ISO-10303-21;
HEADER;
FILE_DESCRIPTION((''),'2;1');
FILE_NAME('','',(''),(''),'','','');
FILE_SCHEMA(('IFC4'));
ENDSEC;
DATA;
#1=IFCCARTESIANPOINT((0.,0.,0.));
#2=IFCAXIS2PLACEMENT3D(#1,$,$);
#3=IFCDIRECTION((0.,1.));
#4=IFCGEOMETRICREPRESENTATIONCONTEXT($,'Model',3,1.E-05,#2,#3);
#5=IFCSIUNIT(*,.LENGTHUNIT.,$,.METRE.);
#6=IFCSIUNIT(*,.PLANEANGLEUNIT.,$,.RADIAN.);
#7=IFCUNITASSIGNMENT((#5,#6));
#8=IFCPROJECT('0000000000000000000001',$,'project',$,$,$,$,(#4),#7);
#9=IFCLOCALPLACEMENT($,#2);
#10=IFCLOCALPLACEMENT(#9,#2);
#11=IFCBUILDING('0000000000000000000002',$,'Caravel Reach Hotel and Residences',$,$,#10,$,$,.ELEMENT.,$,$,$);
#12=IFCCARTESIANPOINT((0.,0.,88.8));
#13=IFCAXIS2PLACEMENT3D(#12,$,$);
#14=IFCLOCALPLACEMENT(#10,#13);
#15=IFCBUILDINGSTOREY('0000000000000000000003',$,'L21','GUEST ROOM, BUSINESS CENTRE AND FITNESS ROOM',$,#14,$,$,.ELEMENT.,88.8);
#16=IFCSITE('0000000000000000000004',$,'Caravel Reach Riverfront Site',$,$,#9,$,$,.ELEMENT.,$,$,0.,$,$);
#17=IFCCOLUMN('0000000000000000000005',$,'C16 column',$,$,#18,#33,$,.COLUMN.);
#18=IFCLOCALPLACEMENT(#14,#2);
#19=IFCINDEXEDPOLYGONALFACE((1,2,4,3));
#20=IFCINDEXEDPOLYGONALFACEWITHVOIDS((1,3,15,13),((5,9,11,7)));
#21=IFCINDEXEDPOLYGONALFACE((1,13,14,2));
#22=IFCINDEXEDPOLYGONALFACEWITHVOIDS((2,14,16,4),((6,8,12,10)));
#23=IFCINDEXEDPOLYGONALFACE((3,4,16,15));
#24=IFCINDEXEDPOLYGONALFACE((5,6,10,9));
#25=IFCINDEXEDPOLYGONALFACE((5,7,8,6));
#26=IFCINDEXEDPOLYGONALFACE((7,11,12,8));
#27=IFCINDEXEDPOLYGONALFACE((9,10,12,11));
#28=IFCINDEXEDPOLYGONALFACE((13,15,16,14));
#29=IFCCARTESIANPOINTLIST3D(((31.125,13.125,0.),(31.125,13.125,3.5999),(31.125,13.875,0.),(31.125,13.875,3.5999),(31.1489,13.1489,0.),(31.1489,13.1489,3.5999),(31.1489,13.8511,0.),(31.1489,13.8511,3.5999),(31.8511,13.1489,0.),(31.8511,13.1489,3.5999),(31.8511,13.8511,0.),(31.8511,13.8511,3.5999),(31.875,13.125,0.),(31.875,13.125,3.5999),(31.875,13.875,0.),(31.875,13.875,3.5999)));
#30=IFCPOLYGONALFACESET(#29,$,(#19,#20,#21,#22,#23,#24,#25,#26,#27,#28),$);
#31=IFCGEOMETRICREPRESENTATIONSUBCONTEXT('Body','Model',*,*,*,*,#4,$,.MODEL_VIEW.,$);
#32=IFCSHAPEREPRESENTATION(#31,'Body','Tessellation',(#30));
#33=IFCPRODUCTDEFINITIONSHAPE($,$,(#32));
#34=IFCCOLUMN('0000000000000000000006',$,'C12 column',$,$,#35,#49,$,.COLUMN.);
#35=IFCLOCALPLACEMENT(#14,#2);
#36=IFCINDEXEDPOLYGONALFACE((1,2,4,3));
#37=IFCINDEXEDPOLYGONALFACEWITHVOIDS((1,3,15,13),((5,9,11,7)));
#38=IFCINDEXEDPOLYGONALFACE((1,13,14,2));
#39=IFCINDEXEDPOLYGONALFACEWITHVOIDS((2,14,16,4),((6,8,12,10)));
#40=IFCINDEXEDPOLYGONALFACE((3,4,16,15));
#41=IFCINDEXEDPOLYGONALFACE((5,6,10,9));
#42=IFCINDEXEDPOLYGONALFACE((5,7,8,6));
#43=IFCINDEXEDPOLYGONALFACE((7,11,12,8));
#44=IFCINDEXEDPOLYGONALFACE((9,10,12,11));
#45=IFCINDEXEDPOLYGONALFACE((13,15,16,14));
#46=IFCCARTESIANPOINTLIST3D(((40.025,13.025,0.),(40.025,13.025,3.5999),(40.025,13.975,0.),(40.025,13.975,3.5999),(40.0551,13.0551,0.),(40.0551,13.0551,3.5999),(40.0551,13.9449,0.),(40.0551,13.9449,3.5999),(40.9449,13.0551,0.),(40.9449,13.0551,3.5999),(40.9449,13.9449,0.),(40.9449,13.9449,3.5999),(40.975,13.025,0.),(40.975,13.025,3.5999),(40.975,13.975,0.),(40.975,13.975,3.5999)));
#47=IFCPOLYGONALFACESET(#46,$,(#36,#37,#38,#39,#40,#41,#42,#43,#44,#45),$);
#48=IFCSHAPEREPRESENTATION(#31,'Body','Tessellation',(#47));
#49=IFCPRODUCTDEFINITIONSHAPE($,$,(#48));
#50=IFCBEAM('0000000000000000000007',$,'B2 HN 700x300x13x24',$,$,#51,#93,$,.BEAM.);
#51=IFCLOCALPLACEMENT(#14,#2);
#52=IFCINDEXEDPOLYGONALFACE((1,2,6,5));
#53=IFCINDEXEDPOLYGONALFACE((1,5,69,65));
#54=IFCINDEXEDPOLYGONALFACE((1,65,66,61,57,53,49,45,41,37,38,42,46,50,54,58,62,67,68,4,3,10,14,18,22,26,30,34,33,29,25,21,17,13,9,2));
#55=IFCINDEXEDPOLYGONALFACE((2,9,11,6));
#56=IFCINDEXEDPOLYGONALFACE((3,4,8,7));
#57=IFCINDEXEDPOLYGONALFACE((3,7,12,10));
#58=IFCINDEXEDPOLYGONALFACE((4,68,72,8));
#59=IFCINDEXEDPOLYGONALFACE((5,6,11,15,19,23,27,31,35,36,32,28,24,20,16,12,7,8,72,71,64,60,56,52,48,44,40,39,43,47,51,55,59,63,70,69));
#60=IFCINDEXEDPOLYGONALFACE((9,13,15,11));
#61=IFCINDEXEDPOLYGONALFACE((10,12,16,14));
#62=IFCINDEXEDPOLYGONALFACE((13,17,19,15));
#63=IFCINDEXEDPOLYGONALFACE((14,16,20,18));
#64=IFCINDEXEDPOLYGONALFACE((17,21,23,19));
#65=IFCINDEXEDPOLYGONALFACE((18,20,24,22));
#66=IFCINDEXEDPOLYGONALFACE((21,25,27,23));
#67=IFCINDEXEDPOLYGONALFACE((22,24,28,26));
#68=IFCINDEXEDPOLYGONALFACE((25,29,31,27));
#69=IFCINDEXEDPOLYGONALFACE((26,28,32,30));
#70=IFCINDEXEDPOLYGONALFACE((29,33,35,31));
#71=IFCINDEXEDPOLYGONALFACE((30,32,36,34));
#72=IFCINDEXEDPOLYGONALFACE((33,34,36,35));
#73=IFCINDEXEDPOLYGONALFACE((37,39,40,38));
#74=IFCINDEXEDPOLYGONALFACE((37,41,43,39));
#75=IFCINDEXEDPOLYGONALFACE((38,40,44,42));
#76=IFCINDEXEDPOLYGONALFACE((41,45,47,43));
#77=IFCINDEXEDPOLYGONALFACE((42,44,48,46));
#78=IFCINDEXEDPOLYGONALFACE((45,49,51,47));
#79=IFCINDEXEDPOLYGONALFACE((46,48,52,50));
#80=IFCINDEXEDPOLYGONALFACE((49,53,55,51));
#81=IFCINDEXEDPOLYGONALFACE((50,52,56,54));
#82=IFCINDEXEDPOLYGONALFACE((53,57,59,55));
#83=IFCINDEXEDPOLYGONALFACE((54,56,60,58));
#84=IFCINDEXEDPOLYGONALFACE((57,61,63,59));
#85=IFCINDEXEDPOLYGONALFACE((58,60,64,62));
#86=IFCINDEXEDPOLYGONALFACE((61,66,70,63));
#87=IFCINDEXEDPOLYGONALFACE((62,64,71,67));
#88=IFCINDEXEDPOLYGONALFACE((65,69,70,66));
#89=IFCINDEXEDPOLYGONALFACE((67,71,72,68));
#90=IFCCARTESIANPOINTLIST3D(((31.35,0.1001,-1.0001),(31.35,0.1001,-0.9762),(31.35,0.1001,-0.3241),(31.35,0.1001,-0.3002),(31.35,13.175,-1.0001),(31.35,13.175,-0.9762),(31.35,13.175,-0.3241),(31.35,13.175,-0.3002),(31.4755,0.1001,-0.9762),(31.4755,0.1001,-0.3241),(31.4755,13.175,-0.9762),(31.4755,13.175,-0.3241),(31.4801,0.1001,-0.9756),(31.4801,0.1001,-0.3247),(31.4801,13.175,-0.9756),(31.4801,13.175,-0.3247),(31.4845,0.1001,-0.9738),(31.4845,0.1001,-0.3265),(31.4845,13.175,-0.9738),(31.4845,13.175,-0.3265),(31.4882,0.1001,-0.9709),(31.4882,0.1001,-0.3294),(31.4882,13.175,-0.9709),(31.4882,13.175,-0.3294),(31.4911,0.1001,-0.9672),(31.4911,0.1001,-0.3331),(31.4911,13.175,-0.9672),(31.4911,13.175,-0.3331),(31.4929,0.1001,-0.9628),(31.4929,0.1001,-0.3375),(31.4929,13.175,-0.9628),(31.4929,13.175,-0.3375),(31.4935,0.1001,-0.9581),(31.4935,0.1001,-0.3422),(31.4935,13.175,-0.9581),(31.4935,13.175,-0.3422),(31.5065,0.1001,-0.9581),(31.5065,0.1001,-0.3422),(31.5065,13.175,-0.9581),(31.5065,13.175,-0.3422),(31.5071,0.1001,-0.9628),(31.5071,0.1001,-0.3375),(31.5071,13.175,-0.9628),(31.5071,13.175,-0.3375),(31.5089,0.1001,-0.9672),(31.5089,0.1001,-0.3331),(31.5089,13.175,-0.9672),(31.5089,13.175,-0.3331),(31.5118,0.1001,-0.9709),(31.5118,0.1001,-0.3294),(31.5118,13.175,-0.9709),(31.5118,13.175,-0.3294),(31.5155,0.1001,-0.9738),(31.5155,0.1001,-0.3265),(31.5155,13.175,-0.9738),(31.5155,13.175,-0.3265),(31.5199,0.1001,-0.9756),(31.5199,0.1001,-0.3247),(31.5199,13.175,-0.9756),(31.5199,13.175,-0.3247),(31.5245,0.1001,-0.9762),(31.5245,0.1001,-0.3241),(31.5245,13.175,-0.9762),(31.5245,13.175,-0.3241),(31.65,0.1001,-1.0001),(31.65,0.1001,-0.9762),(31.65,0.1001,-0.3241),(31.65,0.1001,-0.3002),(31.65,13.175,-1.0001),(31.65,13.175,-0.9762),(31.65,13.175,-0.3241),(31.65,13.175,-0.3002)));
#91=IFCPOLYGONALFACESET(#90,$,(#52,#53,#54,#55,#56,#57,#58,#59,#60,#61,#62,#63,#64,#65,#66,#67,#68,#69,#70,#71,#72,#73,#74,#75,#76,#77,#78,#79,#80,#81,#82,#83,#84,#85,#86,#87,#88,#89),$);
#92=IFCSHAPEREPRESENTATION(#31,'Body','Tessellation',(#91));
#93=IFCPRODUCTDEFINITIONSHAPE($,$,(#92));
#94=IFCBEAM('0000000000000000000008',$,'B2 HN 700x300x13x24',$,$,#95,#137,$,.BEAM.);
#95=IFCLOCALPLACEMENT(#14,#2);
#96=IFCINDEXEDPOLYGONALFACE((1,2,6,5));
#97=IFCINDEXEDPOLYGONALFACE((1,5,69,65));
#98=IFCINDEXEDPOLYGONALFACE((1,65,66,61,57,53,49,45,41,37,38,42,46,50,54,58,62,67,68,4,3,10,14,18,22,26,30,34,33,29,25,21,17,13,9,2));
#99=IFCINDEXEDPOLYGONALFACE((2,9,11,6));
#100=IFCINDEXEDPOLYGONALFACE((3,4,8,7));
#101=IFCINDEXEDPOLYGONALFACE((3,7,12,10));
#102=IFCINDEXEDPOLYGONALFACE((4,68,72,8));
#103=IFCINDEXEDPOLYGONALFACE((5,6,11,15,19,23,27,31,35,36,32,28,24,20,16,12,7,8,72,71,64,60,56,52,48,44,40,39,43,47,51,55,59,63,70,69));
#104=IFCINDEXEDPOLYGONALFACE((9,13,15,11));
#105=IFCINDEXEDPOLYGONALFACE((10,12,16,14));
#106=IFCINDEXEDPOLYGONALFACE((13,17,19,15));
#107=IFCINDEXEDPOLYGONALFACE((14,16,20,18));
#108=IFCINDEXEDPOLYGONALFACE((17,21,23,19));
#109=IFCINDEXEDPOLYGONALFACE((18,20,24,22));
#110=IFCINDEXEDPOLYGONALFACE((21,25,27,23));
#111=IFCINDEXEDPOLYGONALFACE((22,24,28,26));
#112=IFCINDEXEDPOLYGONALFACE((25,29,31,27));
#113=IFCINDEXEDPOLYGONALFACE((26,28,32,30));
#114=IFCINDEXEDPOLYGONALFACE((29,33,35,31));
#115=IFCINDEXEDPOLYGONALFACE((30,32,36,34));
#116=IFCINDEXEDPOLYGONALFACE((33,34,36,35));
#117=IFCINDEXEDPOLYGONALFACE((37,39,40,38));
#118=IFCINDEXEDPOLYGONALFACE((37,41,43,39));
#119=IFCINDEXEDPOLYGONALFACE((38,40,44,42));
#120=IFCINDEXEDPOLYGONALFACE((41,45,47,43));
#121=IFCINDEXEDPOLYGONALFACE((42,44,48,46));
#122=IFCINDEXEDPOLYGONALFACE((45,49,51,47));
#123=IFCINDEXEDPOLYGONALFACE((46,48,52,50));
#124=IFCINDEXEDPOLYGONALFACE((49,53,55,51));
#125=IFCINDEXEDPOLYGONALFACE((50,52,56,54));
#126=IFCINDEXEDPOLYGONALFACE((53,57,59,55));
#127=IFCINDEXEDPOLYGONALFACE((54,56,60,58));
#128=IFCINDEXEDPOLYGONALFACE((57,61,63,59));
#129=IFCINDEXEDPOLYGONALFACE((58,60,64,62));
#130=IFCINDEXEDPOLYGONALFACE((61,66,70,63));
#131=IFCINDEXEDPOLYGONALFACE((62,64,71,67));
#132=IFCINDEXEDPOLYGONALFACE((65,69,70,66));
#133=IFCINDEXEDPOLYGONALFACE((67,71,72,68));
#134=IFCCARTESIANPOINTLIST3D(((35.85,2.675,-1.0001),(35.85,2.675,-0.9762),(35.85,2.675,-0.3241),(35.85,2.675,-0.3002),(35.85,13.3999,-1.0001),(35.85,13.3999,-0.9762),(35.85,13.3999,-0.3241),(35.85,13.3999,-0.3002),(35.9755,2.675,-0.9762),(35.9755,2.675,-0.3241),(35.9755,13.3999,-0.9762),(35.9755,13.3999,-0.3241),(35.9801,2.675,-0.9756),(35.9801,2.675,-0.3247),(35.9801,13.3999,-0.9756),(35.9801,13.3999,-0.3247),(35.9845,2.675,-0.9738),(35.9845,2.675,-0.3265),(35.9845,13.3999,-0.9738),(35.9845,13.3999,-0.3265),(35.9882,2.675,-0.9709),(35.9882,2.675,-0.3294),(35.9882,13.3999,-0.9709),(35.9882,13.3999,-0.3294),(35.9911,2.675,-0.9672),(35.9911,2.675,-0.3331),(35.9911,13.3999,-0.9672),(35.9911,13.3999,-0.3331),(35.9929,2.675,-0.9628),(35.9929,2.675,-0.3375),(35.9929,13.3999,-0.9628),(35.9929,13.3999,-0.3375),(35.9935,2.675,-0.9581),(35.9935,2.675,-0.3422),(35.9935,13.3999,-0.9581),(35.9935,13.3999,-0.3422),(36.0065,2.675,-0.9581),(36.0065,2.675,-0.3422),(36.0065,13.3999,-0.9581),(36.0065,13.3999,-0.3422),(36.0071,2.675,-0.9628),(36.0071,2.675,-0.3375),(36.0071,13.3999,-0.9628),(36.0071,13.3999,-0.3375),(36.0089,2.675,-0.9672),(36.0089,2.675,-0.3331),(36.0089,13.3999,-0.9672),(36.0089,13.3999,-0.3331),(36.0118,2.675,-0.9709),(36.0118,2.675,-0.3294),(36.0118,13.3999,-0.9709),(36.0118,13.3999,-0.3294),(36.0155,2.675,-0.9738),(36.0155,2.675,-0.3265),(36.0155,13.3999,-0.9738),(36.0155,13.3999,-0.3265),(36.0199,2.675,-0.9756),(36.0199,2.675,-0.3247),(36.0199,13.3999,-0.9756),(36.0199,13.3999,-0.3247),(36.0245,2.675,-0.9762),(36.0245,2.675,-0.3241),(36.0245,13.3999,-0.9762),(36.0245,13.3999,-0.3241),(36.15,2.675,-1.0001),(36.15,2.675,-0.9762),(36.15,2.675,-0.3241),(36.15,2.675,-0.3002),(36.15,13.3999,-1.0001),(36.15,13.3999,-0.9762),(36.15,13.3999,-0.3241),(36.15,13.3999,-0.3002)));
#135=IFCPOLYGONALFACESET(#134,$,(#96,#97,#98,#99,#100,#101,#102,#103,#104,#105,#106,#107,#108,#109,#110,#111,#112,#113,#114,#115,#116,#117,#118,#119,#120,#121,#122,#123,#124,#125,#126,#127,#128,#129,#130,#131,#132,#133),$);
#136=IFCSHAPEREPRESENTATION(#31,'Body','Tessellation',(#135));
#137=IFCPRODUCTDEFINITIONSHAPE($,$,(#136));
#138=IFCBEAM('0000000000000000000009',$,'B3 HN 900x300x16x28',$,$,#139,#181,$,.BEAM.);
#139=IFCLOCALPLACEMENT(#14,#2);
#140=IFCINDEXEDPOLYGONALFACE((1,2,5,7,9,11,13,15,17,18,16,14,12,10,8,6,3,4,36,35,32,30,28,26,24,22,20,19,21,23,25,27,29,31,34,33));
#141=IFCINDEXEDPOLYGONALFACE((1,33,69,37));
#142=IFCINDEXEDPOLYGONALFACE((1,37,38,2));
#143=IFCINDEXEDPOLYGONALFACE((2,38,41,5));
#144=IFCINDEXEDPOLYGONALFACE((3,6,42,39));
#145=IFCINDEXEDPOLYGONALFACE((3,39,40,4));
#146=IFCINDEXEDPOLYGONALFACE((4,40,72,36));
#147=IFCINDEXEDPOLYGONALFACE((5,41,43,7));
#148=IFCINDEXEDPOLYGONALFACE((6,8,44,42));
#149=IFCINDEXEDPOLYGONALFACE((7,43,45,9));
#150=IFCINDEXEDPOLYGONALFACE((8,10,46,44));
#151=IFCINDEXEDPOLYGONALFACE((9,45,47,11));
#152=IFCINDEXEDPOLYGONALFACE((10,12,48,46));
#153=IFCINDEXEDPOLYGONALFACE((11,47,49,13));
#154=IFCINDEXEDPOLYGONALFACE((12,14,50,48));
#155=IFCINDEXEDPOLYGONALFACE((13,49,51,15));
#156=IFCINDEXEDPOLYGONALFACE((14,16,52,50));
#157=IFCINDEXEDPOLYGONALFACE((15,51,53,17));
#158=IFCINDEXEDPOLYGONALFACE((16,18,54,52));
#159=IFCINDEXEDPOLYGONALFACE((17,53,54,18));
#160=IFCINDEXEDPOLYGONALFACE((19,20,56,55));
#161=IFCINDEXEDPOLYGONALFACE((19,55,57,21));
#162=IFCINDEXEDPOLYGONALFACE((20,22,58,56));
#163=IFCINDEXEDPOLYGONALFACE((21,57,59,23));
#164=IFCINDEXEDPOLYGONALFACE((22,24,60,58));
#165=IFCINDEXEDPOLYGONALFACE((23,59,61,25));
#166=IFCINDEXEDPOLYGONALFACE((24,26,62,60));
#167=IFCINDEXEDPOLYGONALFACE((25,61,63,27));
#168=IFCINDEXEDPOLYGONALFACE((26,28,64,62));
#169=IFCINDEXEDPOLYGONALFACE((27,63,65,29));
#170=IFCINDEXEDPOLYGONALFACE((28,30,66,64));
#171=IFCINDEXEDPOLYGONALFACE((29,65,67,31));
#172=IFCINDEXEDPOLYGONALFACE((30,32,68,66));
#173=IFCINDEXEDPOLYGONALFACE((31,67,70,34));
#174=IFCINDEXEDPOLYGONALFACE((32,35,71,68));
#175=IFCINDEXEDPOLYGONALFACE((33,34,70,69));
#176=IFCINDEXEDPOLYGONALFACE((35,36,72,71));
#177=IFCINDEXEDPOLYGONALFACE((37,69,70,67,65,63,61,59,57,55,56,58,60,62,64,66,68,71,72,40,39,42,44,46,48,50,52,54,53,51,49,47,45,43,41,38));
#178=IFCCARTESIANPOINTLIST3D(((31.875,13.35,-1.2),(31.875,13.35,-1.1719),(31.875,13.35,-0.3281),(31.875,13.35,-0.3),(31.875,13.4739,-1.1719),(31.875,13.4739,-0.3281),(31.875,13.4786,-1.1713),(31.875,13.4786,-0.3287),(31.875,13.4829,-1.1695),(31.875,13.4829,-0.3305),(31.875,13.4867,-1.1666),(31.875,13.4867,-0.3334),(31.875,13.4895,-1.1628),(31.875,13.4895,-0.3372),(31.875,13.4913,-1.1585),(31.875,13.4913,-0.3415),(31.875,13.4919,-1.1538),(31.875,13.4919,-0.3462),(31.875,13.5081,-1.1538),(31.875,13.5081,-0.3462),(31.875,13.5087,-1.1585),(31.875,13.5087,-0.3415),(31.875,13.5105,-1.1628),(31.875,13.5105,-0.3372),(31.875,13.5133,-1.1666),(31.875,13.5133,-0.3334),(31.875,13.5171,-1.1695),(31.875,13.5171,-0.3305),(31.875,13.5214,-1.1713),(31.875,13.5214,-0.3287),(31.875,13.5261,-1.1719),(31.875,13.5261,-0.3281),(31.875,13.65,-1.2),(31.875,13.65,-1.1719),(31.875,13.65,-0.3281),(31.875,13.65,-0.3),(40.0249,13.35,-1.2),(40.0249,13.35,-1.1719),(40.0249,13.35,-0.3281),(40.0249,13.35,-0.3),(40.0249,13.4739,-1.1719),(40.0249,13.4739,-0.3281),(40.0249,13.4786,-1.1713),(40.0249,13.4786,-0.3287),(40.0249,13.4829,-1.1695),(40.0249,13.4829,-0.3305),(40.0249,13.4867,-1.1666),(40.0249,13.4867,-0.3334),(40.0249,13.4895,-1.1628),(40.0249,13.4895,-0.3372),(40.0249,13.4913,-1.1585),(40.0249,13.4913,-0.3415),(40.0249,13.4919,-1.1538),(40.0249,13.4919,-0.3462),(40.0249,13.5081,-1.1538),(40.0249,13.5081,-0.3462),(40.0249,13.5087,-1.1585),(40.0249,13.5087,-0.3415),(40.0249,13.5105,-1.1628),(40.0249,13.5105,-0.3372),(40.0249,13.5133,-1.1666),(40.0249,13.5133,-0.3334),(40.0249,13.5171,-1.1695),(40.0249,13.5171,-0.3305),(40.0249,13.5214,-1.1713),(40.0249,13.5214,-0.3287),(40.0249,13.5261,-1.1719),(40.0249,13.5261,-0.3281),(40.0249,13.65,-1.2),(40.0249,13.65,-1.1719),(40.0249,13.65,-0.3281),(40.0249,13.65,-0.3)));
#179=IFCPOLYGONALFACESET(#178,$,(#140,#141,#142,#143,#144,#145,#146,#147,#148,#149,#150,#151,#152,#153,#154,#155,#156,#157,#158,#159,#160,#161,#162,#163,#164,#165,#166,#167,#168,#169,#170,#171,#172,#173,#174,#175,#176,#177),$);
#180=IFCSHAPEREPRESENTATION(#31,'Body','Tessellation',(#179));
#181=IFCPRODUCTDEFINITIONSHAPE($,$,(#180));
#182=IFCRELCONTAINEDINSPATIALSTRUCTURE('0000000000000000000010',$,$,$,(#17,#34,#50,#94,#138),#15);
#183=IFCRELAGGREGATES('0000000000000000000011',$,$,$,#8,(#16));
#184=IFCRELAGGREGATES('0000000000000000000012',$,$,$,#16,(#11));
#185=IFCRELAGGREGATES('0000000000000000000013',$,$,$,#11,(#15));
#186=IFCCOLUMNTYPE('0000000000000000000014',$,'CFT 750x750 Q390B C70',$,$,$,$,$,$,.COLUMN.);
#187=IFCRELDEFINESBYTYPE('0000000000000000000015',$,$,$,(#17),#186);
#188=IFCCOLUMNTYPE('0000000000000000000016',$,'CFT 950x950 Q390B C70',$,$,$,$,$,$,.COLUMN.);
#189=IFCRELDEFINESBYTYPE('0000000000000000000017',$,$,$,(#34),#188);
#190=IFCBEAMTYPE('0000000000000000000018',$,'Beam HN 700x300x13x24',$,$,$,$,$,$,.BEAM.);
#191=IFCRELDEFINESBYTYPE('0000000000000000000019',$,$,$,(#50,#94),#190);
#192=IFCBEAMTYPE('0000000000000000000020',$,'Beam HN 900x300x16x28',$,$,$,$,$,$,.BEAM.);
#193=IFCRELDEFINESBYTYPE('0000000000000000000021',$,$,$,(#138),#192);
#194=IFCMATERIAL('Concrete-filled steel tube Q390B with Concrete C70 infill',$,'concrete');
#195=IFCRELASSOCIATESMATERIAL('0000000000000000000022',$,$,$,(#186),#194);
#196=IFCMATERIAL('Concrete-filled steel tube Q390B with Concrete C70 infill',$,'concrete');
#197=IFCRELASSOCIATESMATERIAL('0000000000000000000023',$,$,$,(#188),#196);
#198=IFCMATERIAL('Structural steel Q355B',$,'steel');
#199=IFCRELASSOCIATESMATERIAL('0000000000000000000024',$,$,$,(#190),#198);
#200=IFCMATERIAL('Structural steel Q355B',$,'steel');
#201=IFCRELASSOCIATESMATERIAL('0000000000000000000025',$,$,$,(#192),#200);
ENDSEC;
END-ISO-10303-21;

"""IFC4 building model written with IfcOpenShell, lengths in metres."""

from ifc_helpers import new_model, si_unit, direction, frame, origin, origin_2d, place, context, subcontext, project, spatial, hollow_rectangle, i_section, extrude, material, material_profile, profile_set, type_object, element, save


model = new_model("IFC4")

# Units and contexts
model_context = context("Model", 3, precision=1e-05, world=origin(), true_north=direction((0.0, 1.0)))
body_context = subcontext(model_context, "Body", "Model", "MODEL_VIEW")
ifc_project = project(units=[si_unit("LENGTHUNIT", "METRE"), si_unit("PLANEANGLEUNIT", "RADIAN")], contexts=[model_context])

# Site, building, storey
site_placement = place(None, origin())
site = spatial("IfcSite", under=ifc_project, at=site_placement, Name="Caravel Reach Riverfront Site", CompositionType="ELEMENT", RefElevation=0.0)
building_placement = place(site_placement, origin())
building = spatial("IfcBuilding", under=site, at=building_placement, Name="Caravel Reach Hotel and Residences", CompositionType="ELEMENT")
storey_placement = place(building_placement, frame((0.0, 0.0, 88.8)))
storey = spatial("IfcBuildingStorey", under=building, at=storey_placement, Name="L21", Description="GUEST ROOM, BUSINESS CENTRE AND FITNESS ROOM", CompositionType="ELEMENT", Elevation=88.8)

# Columns
ifc_material_1 = material(Name="Concrete-filled steel tube Q390B with Concrete C70 infill", Category="concrete")
ifc_material_profile_1 = material_profile(ifc_material_1, hollow_rectangle(XDim=0.75, YDim=0.75, WallThickness=0.0239, at=origin_2d()), Name="RHS 750x750x24")
ifc_profile_set_1 = profile_set([ifc_material_profile_1], Name="Concrete-filled steel tube Q390B with Concrete C70 infill")
column_type_1 = type_object("IfcColumnType", Name="CFT 750x750 Q390B C70", PredefinedType="COLUMN", material=ifc_profile_set_1)
column_1_placement = place(storey_placement, frame((31.5, 13.5, 0.0), z_axis=(0.0, 0.0, 1.0), x_axis=(1.0, 0.0, 0.0)))
element("IfcColumn", 1, at=column_1_placement, inside=storey, type_object=column_type_1, Name="C16 column", PredefinedType="COLUMN", context=body_context, shape_type="SweptSolid", body=[
    extrude(hollow_rectangle(XDim=0.75, YDim=0.75, WallThickness=0.0239, at=origin_2d()), origin(), (0.0, 0.0, 1.0), 3.5999),
])
ifc_material_2 = material(Name="Concrete-filled steel tube Q390B with Concrete C70 infill", Category="concrete")
ifc_material_profile_2 = material_profile(ifc_material_2, hollow_rectangle(XDim=0.95, YDim=0.95, WallThickness=0.03, at=origin_2d()), Name="RHS 950x950x30")
ifc_profile_set_2 = profile_set([ifc_material_profile_2], Name="Concrete-filled steel tube Q390B with Concrete C70 infill")
column_type_2 = type_object("IfcColumnType", Name="CFT 950x950 Q390B C70", PredefinedType="COLUMN", material=ifc_profile_set_2)
column_2_placement = place(storey_placement, frame((40.5, 13.5, 0.0), z_axis=(0.0, 0.0, 1.0), x_axis=(1.0, 0.0, 0.0)))
element("IfcColumn", 2, at=column_2_placement, inside=storey, type_object=column_type_2, Name="C12 column", PredefinedType="COLUMN", context=body_context, shape_type="SweptSolid", body=[
    extrude(hollow_rectangle(XDim=0.95, YDim=0.95, WallThickness=0.03, at=origin_2d()), origin(), (0.0, 0.0, 1.0), 3.5999),
])

# Beams
ifc_material_3 = material(Name="Structural steel Q355B", Category="steel")
ifc_material_profile_3 = material_profile(ifc_material_3, i_section(OverallWidth=0.3, OverallDepth=0.7, WebThickness=0.0129, FlangeThickness=0.0239, FilletRadius=0.0181, at=origin_2d()), Name="HN 700x300x13x24")
ifc_profile_set_3 = profile_set([ifc_material_profile_3], Name="Structural steel Q355B")
beam_type_1 = type_object("IfcBeamType", Name="Beam HN 700x300x13x24", PredefinedType="BEAM", material=ifc_profile_set_3)
beam_1_placement = place(storey_placement, frame((31.5, 13.175, -0.6501), z_axis=(0.0, -1.0, 0.0), x_axis=(1.0, 0.0, 0.0)))
element("IfcBeam", 3, at=beam_1_placement, inside=storey, type_object=beam_type_1, Name="B2 HN 700x300x13x24", PredefinedType="BEAM", context=body_context, shape_type="SweptSolid", body=[
    extrude(i_section(OverallWidth=0.3, OverallDepth=0.7, WebThickness=0.0129, FlangeThickness=0.0239, FilletRadius=0.0181, at=origin_2d()), origin(), (0.0, 0.0, 1.0), 13.075),
])
beam_2_placement = place(storey_placement, frame((36.0, 13.3999, -0.6501), z_axis=(0.0, -1.0, 0.0), x_axis=(1.0, 0.0, 0.0)))
element("IfcBeam", 4, at=beam_2_placement, inside=storey, type_object=beam_type_1, Name="B2 HN 700x300x13x24", PredefinedType="BEAM", context=body_context, shape_type="SweptSolid", body=[
    extrude(i_section(OverallWidth=0.3, OverallDepth=0.7, WebThickness=0.0129, FlangeThickness=0.0239, FilletRadius=0.0181, at=origin_2d()), origin(), (0.0, 0.0, 1.0), 10.7249),
])
ifc_material_4 = material(Name="Structural steel Q355B", Category="steel")
ifc_material_profile_4 = material_profile(ifc_material_4, i_section(OverallWidth=0.3, OverallDepth=0.8999, WebThickness=0.0161, FlangeThickness=0.0281, FilletRadius=0.0181, at=origin_2d()), Name="HN 900x300x16x28")
ifc_profile_set_4 = profile_set([ifc_material_profile_4], Name="Structural steel Q355B")
beam_type_2 = type_object("IfcBeamType", Name="Beam HN 900x300x16x28", PredefinedType="BEAM", material=ifc_profile_set_4)
beam_3_placement = place(storey_placement, frame((31.875, 13.5, -0.75), z_axis=(1.0, 0.0, 0.0), x_axis=(0.0, 1.0, 0.0)))
element("IfcBeam", 5, at=beam_3_placement, inside=storey, type_object=beam_type_2, Name="B3 HN 900x300x16x28", PredefinedType="BEAM", context=body_context, shape_type="SweptSolid", body=[
    extrude(i_section(OverallWidth=0.3, OverallDepth=0.8999, WebThickness=0.0161, FlangeThickness=0.0281, FilletRadius=0.0181, at=origin_2d()), origin(), (0.0, 0.0, 1.0), 8.1499),
])

save(model, "model.ifc")
